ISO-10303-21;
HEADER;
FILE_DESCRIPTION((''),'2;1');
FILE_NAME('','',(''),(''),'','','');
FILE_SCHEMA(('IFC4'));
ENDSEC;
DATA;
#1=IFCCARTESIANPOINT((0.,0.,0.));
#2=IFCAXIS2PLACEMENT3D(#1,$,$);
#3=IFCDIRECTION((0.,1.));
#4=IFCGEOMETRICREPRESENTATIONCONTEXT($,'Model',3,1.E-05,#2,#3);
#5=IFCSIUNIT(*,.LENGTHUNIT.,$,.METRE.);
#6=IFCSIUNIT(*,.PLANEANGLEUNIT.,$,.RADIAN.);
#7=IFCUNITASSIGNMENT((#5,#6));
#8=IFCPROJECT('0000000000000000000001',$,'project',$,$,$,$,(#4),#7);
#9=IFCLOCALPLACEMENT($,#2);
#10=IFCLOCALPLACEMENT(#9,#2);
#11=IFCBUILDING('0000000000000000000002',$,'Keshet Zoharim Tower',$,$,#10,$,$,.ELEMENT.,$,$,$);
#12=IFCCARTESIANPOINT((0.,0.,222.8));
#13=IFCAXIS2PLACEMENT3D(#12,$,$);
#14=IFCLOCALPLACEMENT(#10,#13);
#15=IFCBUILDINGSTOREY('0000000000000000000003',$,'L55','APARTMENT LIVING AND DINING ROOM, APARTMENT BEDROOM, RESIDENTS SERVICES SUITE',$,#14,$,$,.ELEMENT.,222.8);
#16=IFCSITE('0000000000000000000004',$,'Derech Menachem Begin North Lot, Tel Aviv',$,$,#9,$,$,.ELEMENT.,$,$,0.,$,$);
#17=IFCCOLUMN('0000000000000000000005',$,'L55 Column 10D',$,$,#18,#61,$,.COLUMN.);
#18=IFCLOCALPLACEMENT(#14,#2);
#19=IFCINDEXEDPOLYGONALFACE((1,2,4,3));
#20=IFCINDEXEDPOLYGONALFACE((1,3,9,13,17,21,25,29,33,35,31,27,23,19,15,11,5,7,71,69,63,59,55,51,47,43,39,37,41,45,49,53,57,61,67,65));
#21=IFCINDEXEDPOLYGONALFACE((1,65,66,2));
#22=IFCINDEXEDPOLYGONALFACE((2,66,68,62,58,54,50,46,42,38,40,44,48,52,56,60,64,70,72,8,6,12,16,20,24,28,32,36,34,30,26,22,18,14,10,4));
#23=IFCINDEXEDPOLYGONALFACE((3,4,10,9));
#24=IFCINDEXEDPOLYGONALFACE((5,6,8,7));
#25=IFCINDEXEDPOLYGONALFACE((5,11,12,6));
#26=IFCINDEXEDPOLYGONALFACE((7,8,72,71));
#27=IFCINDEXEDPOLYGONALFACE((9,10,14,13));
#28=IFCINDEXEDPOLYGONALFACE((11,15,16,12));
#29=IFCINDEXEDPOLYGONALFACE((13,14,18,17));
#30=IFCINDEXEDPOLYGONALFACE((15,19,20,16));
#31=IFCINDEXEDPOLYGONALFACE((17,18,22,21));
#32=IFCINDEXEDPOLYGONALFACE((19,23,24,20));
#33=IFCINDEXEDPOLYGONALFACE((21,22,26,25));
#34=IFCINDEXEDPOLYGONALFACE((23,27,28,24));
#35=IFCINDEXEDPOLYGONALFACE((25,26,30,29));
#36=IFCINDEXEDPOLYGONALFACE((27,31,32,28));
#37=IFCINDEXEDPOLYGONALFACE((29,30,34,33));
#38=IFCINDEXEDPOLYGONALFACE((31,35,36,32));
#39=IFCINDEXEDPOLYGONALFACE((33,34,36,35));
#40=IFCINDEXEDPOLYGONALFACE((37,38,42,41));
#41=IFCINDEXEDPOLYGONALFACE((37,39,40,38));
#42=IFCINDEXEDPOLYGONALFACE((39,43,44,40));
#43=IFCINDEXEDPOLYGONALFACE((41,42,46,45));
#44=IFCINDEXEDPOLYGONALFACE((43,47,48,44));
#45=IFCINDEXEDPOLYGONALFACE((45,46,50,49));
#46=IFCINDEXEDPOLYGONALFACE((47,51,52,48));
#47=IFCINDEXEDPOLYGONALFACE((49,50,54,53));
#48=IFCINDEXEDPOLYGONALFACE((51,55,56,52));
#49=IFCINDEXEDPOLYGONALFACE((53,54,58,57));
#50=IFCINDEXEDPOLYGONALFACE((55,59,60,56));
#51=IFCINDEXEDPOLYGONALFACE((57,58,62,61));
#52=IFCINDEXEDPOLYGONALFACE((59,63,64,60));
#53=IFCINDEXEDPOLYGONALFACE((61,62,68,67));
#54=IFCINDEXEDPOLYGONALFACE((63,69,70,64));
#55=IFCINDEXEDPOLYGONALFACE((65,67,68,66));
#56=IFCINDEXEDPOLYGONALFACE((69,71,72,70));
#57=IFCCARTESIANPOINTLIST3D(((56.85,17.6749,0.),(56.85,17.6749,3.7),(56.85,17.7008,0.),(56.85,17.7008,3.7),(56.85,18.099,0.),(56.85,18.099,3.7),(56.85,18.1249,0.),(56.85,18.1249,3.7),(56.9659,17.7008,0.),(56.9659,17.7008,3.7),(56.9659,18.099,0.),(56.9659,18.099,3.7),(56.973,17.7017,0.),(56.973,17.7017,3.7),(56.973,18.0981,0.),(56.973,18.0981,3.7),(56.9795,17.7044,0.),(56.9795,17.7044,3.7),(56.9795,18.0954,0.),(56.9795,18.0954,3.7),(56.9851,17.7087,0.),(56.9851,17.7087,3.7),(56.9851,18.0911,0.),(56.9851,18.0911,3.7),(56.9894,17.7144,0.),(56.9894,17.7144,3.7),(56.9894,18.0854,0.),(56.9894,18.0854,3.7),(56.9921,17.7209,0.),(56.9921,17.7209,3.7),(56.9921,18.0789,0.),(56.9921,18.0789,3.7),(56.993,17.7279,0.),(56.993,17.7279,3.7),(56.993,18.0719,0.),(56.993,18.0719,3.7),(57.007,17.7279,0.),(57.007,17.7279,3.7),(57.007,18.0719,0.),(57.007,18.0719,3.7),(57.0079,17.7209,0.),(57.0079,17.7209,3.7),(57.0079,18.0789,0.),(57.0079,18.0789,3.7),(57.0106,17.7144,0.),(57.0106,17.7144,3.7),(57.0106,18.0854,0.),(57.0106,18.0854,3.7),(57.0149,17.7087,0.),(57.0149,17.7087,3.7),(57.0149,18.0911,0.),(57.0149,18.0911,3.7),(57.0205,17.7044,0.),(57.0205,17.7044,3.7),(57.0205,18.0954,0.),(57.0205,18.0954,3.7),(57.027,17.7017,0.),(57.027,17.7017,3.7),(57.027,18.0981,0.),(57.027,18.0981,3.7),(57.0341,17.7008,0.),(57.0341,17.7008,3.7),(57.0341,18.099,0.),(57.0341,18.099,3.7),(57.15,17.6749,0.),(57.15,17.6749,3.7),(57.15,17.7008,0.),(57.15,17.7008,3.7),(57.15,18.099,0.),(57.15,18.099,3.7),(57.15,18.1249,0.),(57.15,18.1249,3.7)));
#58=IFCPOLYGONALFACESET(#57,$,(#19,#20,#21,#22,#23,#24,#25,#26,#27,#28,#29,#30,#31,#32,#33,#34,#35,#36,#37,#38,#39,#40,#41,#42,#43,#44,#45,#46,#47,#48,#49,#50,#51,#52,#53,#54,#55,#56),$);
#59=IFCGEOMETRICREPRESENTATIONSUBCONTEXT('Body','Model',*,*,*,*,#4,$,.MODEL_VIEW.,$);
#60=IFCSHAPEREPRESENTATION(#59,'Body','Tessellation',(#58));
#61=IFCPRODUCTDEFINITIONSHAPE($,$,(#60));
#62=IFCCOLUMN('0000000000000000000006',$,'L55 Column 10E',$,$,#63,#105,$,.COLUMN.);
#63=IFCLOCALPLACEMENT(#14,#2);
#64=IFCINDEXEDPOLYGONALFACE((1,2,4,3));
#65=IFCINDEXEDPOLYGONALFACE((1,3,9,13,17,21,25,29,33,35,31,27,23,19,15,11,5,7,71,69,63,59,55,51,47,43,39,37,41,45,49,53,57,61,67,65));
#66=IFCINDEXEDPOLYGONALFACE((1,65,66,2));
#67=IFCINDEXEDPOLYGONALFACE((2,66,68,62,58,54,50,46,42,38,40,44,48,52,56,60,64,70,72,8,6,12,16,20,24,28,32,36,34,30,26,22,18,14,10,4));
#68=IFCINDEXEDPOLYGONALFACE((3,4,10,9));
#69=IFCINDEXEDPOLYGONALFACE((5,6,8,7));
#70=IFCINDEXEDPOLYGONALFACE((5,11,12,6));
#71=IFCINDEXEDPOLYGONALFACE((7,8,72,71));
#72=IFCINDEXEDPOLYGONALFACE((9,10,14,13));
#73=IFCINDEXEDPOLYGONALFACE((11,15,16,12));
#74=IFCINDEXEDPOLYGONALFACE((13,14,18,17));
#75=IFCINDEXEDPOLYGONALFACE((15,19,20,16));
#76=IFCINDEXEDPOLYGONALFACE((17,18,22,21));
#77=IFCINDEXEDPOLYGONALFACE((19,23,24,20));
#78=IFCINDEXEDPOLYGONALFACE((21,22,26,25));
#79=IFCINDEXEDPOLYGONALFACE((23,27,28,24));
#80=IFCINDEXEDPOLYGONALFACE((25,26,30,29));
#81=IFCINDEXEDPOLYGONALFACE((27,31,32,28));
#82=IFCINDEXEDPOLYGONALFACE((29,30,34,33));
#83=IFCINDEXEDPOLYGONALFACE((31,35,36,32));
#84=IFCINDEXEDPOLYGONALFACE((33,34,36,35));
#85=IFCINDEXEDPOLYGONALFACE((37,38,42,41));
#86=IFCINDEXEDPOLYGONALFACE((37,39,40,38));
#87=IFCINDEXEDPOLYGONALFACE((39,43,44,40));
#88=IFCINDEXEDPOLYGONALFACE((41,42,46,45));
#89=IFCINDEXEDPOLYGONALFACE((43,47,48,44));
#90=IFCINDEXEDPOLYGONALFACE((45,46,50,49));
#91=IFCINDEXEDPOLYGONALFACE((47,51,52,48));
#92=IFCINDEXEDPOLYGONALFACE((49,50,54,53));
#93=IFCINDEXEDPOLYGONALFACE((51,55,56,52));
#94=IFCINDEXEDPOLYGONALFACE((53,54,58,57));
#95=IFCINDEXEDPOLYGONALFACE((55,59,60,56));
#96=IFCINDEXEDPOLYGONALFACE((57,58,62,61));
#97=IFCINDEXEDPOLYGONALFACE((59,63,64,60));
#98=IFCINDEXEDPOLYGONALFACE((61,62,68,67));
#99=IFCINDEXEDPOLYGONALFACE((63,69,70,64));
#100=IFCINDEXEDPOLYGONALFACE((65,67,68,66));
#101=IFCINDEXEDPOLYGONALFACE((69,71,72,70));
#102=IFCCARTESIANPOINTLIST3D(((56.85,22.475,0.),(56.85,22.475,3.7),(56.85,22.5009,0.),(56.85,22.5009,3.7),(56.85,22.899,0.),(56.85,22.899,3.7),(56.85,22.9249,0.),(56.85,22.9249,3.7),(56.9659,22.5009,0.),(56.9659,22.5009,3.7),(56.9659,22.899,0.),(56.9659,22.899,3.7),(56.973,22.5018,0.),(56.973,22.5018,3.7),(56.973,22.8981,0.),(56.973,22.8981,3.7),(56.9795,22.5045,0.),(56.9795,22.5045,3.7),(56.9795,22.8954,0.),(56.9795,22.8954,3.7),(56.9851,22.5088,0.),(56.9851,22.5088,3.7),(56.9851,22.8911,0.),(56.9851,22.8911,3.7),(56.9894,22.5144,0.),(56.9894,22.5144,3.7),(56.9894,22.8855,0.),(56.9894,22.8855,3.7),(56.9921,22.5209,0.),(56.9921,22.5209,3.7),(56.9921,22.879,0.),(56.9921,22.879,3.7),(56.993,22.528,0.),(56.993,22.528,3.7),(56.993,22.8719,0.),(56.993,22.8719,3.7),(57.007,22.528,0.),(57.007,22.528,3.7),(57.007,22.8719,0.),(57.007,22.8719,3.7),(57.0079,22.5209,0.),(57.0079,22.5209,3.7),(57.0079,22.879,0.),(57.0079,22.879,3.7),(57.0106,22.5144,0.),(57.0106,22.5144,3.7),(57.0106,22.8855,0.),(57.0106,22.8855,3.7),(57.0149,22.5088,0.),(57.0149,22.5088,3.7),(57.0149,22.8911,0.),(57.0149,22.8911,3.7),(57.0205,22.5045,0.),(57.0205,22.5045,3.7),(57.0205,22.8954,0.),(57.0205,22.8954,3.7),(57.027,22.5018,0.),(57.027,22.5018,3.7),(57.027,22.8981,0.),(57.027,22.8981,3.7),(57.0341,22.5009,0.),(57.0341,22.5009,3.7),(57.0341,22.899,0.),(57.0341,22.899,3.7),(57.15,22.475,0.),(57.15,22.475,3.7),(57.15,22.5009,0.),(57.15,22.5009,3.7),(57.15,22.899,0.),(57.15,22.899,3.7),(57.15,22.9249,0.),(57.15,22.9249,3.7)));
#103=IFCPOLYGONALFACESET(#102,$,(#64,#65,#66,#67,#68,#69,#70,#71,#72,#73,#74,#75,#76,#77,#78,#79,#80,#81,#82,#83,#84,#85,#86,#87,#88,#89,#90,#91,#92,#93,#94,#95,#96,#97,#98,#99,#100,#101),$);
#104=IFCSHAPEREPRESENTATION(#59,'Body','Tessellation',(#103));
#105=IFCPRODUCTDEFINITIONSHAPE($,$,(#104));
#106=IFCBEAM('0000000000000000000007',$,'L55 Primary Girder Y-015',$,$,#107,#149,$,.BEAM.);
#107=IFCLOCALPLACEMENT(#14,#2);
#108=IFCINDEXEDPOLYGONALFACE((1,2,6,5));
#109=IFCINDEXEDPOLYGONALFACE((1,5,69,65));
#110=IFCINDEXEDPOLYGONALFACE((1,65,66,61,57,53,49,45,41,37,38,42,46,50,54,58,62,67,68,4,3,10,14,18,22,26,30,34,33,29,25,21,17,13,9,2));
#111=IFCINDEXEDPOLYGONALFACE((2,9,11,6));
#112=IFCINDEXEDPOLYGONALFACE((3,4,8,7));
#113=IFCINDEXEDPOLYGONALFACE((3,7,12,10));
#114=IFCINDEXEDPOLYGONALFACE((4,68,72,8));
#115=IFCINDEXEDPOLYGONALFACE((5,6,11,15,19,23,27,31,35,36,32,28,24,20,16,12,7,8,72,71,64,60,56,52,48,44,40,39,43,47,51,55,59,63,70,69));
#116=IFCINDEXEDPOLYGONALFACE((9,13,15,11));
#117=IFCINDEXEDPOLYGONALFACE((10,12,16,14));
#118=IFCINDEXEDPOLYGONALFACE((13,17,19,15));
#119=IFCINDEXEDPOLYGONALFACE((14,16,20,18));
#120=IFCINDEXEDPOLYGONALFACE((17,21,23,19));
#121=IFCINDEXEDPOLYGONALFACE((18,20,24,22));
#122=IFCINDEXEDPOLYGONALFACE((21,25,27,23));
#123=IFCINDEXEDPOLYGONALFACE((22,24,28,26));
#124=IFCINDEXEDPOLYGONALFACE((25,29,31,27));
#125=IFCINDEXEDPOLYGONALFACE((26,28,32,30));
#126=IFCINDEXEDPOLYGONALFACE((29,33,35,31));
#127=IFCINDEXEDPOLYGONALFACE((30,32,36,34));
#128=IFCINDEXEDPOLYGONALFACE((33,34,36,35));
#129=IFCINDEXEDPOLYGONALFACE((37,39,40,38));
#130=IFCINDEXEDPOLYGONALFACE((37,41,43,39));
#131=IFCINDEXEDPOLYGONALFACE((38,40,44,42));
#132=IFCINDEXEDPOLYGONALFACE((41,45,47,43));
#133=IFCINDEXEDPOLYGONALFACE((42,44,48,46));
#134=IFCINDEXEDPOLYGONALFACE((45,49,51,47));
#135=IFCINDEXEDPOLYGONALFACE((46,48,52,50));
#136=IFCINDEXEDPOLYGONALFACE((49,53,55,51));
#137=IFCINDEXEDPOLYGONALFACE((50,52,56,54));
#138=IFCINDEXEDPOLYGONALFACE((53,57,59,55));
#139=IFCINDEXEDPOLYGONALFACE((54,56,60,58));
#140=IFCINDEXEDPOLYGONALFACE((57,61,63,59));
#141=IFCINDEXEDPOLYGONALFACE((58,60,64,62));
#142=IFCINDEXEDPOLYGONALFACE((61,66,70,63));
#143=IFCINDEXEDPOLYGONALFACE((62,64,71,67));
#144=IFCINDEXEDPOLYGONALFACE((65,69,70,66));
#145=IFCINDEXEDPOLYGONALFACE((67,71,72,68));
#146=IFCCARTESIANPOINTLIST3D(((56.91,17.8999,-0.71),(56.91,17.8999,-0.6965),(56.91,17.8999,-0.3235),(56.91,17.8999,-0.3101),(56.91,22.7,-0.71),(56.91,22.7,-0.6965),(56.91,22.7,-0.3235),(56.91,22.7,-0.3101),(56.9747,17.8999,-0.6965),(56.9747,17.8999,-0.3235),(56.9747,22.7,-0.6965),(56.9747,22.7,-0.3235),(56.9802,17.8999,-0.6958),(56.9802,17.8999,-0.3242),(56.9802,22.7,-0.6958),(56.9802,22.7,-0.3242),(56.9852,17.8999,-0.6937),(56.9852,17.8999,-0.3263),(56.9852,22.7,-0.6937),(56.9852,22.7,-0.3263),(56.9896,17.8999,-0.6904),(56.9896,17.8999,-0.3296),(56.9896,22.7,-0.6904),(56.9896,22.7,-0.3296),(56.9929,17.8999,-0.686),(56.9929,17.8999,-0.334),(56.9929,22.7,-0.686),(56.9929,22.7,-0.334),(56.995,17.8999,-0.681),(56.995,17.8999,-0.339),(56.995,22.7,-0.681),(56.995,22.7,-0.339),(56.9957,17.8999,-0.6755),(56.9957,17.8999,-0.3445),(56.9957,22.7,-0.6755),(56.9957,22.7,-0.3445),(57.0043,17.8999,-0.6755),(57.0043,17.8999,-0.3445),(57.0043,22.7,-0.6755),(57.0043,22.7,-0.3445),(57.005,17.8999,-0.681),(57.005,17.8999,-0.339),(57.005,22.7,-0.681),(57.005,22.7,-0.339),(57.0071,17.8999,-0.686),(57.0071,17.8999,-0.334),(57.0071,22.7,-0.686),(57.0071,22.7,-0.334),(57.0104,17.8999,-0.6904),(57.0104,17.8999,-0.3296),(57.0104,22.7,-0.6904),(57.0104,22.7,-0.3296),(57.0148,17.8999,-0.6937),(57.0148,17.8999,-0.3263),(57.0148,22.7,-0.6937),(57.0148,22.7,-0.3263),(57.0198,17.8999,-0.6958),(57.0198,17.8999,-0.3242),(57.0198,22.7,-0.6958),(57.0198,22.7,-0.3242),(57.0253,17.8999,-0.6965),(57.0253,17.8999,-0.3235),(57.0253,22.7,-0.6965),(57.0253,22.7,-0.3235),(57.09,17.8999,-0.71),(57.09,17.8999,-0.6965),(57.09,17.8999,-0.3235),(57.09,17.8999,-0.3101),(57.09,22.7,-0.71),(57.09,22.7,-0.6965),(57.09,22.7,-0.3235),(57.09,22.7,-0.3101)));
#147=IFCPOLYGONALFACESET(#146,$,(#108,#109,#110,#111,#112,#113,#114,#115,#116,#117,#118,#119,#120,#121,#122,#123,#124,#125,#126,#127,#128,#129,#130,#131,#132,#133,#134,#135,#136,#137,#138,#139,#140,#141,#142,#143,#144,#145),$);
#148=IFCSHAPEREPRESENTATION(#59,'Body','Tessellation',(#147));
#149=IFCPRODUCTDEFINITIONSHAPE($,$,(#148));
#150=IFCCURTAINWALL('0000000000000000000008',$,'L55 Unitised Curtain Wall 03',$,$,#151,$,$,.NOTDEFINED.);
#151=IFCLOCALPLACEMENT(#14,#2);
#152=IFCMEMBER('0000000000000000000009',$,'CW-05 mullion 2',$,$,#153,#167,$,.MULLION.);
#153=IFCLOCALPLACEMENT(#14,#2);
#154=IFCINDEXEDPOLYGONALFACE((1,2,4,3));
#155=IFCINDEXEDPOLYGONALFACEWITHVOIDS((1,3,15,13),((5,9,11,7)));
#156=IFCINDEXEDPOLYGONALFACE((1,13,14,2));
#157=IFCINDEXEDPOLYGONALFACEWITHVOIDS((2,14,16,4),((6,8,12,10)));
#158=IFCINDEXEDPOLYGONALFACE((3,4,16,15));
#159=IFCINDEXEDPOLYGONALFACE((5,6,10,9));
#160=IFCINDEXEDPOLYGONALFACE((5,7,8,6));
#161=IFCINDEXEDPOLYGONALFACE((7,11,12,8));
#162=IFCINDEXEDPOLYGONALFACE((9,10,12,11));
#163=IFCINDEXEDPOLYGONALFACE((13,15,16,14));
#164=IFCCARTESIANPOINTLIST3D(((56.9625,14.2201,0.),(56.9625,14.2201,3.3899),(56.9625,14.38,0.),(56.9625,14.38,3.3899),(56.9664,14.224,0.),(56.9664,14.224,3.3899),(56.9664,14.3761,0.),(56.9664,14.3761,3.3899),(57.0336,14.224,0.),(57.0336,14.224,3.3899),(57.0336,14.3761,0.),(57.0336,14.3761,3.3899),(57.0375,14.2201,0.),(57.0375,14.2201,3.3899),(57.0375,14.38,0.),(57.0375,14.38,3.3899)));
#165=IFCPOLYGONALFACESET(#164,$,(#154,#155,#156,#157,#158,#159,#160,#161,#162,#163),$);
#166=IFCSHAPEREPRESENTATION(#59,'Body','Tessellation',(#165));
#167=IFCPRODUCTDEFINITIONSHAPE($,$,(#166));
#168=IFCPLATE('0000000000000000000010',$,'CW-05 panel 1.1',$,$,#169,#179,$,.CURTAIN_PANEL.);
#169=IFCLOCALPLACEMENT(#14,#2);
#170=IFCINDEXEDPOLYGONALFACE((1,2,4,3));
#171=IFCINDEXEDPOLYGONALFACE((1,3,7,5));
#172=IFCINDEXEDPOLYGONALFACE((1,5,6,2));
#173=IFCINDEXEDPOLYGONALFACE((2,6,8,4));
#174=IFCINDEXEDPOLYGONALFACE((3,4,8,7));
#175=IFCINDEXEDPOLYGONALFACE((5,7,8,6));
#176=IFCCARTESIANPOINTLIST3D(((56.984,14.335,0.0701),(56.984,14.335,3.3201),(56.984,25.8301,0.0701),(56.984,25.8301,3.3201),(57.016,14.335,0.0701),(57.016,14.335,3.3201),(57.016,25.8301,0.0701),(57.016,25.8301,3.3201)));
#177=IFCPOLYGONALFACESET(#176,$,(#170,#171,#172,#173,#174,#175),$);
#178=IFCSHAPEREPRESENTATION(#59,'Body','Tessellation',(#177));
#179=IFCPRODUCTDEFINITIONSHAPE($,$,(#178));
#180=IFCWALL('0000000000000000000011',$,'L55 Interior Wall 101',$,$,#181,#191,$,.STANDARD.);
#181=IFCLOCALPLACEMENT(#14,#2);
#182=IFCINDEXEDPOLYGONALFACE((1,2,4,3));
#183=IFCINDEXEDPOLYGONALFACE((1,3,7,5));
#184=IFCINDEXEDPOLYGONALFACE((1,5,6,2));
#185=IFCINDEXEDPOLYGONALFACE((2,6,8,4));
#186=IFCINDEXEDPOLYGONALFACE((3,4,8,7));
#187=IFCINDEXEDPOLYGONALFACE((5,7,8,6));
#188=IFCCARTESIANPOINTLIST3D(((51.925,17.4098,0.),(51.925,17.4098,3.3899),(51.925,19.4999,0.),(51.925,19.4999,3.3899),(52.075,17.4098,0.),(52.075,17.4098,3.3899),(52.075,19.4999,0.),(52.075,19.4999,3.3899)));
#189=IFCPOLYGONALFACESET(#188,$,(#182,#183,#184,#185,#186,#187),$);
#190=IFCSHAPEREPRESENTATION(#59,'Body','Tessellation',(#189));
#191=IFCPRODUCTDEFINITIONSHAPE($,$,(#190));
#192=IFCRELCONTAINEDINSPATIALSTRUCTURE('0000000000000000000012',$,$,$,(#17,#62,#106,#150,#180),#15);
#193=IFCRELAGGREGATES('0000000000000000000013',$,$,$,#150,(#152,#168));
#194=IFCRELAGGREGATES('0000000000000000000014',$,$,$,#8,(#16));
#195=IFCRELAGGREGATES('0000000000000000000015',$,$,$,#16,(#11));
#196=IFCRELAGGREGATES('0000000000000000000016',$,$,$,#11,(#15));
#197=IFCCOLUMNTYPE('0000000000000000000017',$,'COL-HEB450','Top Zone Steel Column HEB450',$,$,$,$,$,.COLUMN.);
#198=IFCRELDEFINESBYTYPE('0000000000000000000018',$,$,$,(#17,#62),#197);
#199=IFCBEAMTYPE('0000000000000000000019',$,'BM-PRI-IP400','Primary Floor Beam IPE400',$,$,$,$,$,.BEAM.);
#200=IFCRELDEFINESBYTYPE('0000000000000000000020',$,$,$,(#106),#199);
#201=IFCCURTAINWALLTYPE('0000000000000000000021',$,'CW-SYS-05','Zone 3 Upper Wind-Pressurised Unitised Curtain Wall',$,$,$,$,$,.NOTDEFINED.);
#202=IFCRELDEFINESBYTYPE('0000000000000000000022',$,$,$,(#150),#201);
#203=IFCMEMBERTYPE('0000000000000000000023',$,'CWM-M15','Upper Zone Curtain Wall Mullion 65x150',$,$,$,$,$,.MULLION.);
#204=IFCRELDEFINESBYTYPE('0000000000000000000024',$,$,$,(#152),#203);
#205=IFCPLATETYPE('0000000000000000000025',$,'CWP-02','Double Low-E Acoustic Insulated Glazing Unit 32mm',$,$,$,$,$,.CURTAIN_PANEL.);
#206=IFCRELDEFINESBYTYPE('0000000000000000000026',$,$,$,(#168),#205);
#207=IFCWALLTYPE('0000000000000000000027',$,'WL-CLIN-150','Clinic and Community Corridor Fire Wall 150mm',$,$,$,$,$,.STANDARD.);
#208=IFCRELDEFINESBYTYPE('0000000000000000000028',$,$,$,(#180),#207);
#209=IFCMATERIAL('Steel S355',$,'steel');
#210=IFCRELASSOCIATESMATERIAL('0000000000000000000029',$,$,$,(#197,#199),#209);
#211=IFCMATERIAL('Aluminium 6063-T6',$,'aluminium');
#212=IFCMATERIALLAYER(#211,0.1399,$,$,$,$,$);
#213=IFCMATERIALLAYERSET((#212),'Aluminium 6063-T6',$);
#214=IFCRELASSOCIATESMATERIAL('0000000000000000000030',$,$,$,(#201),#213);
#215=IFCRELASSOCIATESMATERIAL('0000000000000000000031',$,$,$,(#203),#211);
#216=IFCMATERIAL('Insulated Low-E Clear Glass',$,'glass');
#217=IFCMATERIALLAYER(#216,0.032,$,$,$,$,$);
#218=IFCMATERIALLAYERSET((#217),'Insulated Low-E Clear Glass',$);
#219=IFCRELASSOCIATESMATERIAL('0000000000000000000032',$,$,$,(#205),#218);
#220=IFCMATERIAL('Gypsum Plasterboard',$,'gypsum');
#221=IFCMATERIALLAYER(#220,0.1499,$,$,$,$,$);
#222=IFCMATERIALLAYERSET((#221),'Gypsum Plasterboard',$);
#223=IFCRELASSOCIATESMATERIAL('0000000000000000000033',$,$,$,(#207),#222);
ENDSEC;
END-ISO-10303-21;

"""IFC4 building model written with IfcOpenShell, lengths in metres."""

from ifc_helpers import new_model, si_unit, direction, frame, frame_2d, origin, origin_2d, place, context, subcontext, project, spatial, rectangle, hollow_rectangle, i_section, extrude, material, layer, layer_set, material_profile, profile_set, type_object, element, aggregate, save


model = new_model("IFC4")

# Units and contexts
model_context = context("Model", 3, precision=1e-05, world=origin(), true_north=direction((0.0, 1.0)))
body_context = subcontext(model_context, "Body", "Model", "MODEL_VIEW")
ifc_project = project(units=[si_unit("LENGTHUNIT", "METRE"), si_unit("PLANEANGLEUNIT", "RADIAN")], contexts=[model_context])

# Site, building, storey
site_placement = place(None, origin())
site = spatial("IfcSite", under=ifc_project, at=site_placement, Name="Derech Menachem Begin North Lot, Tel Aviv", CompositionType="ELEMENT", RefElevation=0.0)
building_placement = place(site_placement, origin())
building = spatial("IfcBuilding", under=site, at=building_placement, Name="Keshet Zoharim Tower", CompositionType="ELEMENT")
storey_placement = place(building_placement, frame((0.0, 0.0, 222.8)))
storey = spatial("IfcBuildingStorey", under=building, at=storey_placement, Name="L55", Description="APARTMENT LIVING AND DINING ROOM, APARTMENT BEDROOM, RESIDENTS SERVICES SUITE", CompositionType="ELEMENT", Elevation=222.8)

# Columns
ifc_material_1 = material(Name="Steel S355", Category="steel")
ifc_material_profile_1 = material_profile(ifc_material_1, i_section(OverallWidth=0.3, OverallDepth=0.45, WebThickness=0.0139, FlangeThickness=0.0259, FilletRadius=0.0271, at=origin_2d()), Name="HEB450")
ifc_profile_set_1 = profile_set([ifc_material_profile_1], Name="Steel S355")
column_type = type_object("IfcColumnType", Name="COL-HEB450", Description="Top Zone Steel Column HEB450", PredefinedType="COLUMN", material=ifc_profile_set_1)
for number, where, z_axis, x_axis, name in (
    (1, (57.0, 17.8999, 0.0), (0.0, 0.0, 1.0), (1.0, 0.0, 0.0), "L55 Column 10D"),
    (2, (57.0, 22.7, 0.0), (0.0, 0.0, 1.0), (1.0, 0.0, 0.0), "L55 Column 10E"),
):
    element("IfcColumn", number, at=place(storey_placement, frame(where, z_axis=z_axis, x_axis=x_axis)), inside=storey, type_object=column_type, Name=name, PredefinedType="COLUMN", context=body_context, shape_type="SweptSolid", body=[
        extrude(i_section(OverallWidth=0.3, OverallDepth=0.45, WebThickness=0.0139, FlangeThickness=0.0259, FilletRadius=0.0271, at=origin_2d()), origin(), (0.0, 0.0, 1.0), 3.7),
    ])

# Beam
ifc_material_profile_2 = material_profile(ifc_material_1, i_section(OverallWidth=0.1799, OverallDepth=0.3999, WebThickness=0.0085, FlangeThickness=0.0134, FilletRadius=0.021, at=origin_2d()), Name="IPE400")
ifc_profile_set_2 = profile_set([ifc_material_profile_2], Name="Steel S355")
beam_type = type_object("IfcBeamType", Name="BM-PRI-IP400", Description="Primary Floor Beam IPE400", PredefinedType="BEAM", material=ifc_profile_set_2)
beam_placement = place(storey_placement, frame((57.0, 17.8999, -0.51), z_axis=(0.0, 1.0, 0.0), x_axis=(-1.0, 0.0, 0.0)))
element("IfcBeam", 3, at=beam_placement, inside=storey, type_object=beam_type, Name="L55 Primary Girder Y-015", PredefinedType="BEAM", context=body_context, shape_type="SweptSolid", body=[
    extrude(i_section(OverallWidth=0.1799, OverallDepth=0.3999, WebThickness=0.0085, FlangeThickness=0.0134, FilletRadius=0.021, at=origin_2d()), origin(), (0.0, 0.0, 1.0), 4.8),
])

# Curtain wall, member, plate
ifc_material_2 = material(Name="Aluminium 6063-T6", Category="aluminium")
ifc_layer_1 = layer(ifc_material_2, 0.1399)
ifc_layer_set_1 = layer_set([ifc_layer_1], Name="Aluminium 6063-T6")
curtain_wall_type = type_object("IfcCurtainWallType", Name="CW-SYS-05", Description="Zone 3 Upper Wind-Pressurised Unitised Curtain Wall", PredefinedType="NOTDEFINED", material=ifc_layer_set_1)
curtain_wall_placement = place(storey_placement, origin())
curtain_wall = element("IfcCurtainWall", 4, at=curtain_wall_placement, inside=storey, type_object=curtain_wall_type, Name="L55 Unitised Curtain Wall 03", PredefinedType="NOTDEFINED")
ifc_material_profile_3 = material_profile(ifc_material_2, hollow_rectangle(XDim=0.075, YDim=0.1599, WallThickness=0.0039, at=origin_2d()), Name="MUL-75x160")
ifc_profile_set_3 = profile_set([ifc_material_profile_3], Name="Aluminium 6063-T6")
member_type = type_object("IfcMemberType", Name="CWM-M15", Description="Upper Zone Curtain Wall Mullion 65x150", PredefinedType="MULLION", material=ifc_profile_set_3)
member_placement = place(storey_placement, frame((57.0, 14.3, 0.0), z_axis=(0.0, 0.0, 1.0), x_axis=(1.0, 0.0, 0.0)))
member = element("IfcMember", 5, at=member_placement, type_object=member_type, Name="CW-05 mullion 2", PredefinedType="MULLION", context=body_context, shape_type="SweptSolid", body=[
    extrude(hollow_rectangle(XDim=0.075, YDim=0.1599, WallThickness=0.0039, at=origin_2d()), origin(), (0.0, 0.0, 1.0), 3.3899),
])
ifc_material_3 = material(Name="Insulated Low-E Clear Glass", Category="glass")
ifc_layer_2 = layer(ifc_material_3, 0.032)
ifc_layer_set_2 = layer_set([ifc_layer_2], Name="Insulated Low-E Clear Glass")
plate_type = type_object("IfcPlateType", Name="CWP-02", Description="Double Low-E Acoustic Insulated Glazing Unit 32mm", PredefinedType="CURTAIN_PANEL", material=ifc_layer_set_2)
plate_placement = place(storey_placement, frame((57.0, 20.0825, 0.0701), z_axis=(0.0, 0.0, 1.0), x_axis=(0.0, -1.0, 0.0)))
plate = element("IfcPlate", 6, at=plate_placement, type_object=plate_type, Name="CW-05 panel 1.1", PredefinedType="CURTAIN_PANEL", context=body_context, shape_type="SweptSolid", body=[
    extrude(rectangle(XDim=11.4951, YDim=0.032, at=origin_2d()), origin(), (0.0, 0.0, 1.0), 3.25),
])
aggregate(curtain_wall, [member, plate])

# Wall
ifc_material_4 = material(Name="Gypsum Plasterboard", Category="gypsum")
ifc_layer_3 = layer(ifc_material_4, 0.1499)
ifc_layer_set_3 = layer_set([ifc_layer_3], Name="Gypsum Plasterboard")
wall_type_1 = type_object("IfcWallType", Name="WL-CLIN-150", Description="Clinic and Community Corridor Fire Wall 150mm", PredefinedType="STANDARD", material=ifc_layer_set_3)
wall_1_placement = place(storey_placement, frame((52.0, 17.4099, 0.0), z_axis=(0.0, 0.0, 1.0), x_axis=(0.0, 1.0, 0.0)))
element("IfcWall", 7, at=wall_1_placement, inside=storey, type_object=wall_type_1, Name="L55 Interior Wall 101", PredefinedType="STANDARD", context=body_context, shape_type="SweptSolid", body=[
    extrude(rectangle(XDim=2.0901, YDim=0.1499, at=frame_2d((1.0449, 0.0))), origin(), (0.0, 0.0, 1.0), 3.3899),
])

save(model, "model.ifc")
